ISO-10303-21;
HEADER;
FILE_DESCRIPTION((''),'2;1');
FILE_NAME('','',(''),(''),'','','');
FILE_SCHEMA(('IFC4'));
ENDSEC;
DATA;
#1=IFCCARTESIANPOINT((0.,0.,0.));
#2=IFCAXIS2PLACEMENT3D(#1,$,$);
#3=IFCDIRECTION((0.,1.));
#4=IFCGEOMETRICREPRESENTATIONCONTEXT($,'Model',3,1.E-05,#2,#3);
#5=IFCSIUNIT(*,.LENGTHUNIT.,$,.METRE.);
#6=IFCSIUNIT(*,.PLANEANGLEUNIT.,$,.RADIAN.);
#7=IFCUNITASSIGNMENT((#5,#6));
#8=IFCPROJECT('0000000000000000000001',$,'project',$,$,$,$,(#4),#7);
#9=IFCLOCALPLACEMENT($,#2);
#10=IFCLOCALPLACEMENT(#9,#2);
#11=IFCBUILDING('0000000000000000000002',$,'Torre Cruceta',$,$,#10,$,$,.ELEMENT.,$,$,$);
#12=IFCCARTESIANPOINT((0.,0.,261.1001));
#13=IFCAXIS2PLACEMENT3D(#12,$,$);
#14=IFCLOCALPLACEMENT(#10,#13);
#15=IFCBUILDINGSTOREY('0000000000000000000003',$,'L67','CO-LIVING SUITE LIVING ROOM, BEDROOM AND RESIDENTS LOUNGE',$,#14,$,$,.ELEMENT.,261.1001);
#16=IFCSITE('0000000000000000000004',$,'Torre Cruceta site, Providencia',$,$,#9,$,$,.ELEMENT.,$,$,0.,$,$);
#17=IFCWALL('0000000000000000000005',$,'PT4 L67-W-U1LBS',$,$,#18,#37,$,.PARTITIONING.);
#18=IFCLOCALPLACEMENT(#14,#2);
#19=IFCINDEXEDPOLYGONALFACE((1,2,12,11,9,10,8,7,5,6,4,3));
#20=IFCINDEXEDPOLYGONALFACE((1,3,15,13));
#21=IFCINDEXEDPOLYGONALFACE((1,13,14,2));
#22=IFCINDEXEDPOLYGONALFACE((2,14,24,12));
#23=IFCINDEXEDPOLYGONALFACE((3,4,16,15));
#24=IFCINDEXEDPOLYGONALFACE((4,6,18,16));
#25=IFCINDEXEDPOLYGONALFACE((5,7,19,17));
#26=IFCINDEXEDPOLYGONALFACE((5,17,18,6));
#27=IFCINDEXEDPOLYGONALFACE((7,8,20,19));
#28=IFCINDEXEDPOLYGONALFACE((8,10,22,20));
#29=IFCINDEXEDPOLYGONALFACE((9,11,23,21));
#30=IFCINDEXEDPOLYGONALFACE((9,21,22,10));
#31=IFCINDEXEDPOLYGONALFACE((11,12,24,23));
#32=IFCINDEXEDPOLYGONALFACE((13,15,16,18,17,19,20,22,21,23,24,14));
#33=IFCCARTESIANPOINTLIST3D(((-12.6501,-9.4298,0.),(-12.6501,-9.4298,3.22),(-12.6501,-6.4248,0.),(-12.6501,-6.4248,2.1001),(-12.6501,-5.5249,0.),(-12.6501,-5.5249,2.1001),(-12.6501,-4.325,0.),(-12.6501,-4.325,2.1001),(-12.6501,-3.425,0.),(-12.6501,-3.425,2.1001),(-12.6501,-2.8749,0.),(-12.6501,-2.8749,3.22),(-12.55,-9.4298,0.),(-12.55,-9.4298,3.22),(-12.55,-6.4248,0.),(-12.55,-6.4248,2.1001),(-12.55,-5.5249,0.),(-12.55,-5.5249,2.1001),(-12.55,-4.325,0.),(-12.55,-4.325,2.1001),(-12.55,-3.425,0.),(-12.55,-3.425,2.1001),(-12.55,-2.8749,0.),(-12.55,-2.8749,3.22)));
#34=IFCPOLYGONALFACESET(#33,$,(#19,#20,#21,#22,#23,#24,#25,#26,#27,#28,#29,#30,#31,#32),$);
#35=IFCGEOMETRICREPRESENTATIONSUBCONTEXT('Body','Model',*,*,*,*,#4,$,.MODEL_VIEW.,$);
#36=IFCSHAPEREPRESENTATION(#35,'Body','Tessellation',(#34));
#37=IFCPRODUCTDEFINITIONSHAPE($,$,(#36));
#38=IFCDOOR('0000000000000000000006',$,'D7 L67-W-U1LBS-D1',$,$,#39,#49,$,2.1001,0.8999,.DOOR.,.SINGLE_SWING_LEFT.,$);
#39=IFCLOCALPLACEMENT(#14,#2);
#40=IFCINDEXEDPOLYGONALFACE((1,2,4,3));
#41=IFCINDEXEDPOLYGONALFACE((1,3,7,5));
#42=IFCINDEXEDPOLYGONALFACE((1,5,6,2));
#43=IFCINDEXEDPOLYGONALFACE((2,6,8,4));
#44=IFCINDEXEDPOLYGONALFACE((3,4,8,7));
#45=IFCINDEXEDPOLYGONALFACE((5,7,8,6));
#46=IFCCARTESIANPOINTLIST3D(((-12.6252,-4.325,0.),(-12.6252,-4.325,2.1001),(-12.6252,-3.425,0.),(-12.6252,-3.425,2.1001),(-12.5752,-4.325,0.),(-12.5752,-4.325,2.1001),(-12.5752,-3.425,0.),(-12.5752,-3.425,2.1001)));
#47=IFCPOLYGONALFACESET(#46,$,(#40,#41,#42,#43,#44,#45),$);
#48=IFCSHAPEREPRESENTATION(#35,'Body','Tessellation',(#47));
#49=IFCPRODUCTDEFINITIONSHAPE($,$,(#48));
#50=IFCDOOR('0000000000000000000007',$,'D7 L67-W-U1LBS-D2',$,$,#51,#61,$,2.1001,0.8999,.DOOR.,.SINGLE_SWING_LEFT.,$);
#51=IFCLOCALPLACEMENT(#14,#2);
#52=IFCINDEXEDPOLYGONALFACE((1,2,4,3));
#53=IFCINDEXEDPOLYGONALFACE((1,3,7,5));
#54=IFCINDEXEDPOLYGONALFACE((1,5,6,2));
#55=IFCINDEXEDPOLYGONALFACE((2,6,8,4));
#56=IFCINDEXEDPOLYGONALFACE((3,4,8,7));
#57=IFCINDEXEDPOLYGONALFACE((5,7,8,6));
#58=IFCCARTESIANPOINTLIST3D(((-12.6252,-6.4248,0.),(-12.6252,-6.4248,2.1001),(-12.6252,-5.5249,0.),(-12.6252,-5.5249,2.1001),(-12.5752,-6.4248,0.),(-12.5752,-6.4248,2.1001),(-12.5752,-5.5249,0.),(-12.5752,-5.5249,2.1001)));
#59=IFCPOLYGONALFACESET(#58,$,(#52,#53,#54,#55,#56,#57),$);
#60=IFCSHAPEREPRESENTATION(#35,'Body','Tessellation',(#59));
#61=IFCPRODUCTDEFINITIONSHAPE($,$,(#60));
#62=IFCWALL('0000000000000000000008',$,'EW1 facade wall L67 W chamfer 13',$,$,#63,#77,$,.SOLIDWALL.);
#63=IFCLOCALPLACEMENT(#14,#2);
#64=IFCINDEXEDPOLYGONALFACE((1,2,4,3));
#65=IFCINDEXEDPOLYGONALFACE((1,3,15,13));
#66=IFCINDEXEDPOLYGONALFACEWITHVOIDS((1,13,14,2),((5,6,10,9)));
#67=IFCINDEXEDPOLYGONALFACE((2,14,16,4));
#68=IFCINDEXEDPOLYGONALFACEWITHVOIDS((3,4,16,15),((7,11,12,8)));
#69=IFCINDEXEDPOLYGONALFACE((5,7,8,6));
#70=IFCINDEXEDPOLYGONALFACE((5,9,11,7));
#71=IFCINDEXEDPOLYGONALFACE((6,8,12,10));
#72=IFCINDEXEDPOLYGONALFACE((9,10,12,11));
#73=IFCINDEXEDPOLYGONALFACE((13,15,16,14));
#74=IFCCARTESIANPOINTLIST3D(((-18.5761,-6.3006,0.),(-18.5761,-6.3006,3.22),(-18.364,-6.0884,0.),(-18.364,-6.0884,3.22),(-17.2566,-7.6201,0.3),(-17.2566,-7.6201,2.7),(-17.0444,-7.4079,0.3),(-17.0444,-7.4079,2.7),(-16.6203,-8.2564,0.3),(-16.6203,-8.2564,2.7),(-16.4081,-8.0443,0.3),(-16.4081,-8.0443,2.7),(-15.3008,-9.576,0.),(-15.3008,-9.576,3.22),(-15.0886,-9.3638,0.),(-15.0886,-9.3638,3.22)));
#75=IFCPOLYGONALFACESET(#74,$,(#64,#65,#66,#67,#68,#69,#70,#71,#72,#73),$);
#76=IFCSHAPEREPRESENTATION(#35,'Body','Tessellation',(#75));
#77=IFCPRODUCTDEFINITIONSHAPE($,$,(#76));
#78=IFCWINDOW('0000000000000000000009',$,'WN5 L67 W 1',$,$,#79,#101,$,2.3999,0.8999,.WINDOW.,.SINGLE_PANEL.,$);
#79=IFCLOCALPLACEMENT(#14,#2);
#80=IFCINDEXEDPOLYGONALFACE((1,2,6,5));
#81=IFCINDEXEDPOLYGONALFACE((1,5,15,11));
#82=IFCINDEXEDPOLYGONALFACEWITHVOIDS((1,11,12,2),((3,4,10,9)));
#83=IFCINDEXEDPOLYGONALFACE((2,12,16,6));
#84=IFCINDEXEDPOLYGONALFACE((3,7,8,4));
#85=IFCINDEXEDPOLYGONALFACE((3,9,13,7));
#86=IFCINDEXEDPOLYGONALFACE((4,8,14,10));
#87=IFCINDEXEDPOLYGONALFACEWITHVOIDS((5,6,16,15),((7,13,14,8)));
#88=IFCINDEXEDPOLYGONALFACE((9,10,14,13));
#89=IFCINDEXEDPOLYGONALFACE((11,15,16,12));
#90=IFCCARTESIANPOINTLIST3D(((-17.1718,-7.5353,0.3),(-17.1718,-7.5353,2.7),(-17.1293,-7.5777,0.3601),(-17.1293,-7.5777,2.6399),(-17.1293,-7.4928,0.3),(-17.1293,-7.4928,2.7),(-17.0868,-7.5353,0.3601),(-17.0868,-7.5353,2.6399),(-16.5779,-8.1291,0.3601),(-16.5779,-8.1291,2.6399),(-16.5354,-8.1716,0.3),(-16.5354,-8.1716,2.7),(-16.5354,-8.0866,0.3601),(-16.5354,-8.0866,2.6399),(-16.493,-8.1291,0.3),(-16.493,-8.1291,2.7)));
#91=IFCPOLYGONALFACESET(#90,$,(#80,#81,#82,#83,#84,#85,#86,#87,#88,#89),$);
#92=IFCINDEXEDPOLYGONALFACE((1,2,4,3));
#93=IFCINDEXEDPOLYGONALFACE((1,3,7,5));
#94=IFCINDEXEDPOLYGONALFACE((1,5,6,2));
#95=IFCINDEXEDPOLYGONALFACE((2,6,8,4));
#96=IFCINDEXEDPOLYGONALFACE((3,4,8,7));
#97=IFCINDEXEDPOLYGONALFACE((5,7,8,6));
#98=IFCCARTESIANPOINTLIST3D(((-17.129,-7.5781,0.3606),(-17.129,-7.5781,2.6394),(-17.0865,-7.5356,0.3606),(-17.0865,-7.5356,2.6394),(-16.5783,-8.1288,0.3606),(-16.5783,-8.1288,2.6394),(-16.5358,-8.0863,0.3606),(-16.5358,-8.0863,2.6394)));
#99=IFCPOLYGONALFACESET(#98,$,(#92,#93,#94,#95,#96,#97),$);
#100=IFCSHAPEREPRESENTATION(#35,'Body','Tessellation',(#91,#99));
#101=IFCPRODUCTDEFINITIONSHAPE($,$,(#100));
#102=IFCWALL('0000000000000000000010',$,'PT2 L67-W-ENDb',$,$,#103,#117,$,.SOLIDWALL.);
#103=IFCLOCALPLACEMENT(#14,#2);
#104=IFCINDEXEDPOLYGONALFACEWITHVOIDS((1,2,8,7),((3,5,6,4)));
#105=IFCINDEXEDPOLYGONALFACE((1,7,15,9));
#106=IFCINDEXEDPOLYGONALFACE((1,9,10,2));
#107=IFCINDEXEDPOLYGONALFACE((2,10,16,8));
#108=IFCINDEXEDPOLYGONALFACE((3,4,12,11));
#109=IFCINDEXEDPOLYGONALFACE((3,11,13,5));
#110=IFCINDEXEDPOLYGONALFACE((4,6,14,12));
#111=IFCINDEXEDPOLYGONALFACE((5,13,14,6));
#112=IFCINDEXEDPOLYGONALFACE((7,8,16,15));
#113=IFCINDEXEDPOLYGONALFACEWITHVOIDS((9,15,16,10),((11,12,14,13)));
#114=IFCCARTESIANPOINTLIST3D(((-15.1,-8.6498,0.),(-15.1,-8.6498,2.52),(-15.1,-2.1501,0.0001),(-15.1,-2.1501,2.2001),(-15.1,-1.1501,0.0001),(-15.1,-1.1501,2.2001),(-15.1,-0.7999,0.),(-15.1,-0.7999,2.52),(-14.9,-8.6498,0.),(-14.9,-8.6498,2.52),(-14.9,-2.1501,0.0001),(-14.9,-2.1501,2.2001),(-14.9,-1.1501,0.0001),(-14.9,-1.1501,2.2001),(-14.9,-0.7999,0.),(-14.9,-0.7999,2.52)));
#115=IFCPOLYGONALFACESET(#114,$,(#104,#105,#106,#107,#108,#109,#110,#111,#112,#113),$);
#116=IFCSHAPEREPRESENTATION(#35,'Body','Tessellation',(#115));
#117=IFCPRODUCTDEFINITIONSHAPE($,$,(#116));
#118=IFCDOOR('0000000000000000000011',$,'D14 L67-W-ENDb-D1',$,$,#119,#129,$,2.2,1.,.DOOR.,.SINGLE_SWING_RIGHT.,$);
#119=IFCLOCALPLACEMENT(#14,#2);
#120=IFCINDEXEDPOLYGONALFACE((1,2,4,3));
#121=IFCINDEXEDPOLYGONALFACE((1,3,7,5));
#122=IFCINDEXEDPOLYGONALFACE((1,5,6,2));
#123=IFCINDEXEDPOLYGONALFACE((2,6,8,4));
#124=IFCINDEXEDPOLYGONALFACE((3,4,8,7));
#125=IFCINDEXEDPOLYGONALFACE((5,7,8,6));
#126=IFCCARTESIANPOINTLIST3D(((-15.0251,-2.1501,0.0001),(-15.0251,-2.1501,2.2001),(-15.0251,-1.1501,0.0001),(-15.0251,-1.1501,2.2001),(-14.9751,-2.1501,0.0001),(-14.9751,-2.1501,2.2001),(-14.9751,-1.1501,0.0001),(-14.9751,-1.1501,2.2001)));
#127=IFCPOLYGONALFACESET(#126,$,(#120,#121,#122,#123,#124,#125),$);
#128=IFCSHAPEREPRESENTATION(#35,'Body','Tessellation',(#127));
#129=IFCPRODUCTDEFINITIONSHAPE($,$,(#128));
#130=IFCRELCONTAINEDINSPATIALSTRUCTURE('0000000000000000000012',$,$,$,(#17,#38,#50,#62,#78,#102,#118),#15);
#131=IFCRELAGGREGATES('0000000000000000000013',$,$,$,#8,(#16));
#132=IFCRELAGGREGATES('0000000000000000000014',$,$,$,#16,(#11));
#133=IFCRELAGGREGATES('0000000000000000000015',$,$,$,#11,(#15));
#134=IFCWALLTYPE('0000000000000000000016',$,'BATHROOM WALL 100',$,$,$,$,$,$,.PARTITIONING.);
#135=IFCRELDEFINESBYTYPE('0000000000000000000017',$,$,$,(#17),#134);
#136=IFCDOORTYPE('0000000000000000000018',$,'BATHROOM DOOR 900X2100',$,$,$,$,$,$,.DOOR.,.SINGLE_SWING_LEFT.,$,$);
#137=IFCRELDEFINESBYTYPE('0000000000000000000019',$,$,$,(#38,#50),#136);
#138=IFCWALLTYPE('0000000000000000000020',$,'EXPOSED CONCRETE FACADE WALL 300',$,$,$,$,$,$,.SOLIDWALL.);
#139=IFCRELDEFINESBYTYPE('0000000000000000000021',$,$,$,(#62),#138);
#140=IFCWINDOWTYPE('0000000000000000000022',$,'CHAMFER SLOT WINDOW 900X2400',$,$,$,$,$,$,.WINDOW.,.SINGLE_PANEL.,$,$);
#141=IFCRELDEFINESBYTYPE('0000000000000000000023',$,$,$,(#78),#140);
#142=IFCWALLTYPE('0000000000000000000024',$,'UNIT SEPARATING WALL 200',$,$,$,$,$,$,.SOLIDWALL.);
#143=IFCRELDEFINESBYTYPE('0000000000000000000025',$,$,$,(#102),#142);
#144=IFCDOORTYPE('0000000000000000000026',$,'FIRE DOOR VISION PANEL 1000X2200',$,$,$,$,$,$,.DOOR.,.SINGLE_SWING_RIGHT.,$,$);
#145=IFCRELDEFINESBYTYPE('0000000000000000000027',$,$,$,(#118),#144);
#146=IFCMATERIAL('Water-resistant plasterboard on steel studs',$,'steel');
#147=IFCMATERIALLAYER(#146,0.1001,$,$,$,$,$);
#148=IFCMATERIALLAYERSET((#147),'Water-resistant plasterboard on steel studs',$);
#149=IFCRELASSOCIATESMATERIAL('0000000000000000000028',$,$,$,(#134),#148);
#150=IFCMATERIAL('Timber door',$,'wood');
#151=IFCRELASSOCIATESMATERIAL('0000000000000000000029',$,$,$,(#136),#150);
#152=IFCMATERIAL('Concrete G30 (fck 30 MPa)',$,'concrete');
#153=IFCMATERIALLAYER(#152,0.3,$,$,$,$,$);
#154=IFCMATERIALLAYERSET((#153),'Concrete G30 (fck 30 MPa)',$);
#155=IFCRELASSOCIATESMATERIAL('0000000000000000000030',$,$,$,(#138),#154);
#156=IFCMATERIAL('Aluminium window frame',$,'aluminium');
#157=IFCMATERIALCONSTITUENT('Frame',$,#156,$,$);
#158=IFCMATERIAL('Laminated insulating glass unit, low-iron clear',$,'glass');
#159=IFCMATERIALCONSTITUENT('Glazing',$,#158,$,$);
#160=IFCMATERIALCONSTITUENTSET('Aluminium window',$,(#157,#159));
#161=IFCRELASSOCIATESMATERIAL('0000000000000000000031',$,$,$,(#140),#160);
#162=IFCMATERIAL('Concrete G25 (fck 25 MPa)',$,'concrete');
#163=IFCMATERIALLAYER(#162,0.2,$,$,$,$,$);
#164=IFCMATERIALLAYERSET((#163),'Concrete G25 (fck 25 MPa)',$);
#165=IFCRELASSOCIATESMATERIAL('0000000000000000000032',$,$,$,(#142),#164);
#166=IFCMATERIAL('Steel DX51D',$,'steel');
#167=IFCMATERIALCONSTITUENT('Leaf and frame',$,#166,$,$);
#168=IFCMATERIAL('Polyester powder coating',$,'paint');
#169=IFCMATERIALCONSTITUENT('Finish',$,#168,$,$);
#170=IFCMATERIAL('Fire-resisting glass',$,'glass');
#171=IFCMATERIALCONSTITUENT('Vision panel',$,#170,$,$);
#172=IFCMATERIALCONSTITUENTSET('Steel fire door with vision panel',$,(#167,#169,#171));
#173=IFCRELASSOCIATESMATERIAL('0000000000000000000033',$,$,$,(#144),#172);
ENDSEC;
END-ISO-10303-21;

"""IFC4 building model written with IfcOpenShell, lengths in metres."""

from ifc_helpers import new_model, si_unit, direction, frame, frame_2d, origin, place, context, subcontext, project, spatial, rectangle, hollow_rectangle, extrude, material, layer, layer_set, constituent, constituent_set, type_object, element, fill, save


model = new_model("IFC4")

# Units and contexts
model_context = context("Model", 3, precision=1e-05, world=origin(), true_north=direction((0.0, 1.0)))
body_context = subcontext(model_context, "Body", "Model", "MODEL_VIEW")
ifc_project = project(units=[si_unit("LENGTHUNIT", "METRE"), si_unit("PLANEANGLEUNIT", "RADIAN")], contexts=[model_context])

# Site, building, storey
site_placement = place(None, origin())
site = spatial("IfcSite", under=ifc_project, at=site_placement, Name="Torre Cruceta site, Providencia", CompositionType="ELEMENT", RefElevation=0.0)
building_placement = place(site_placement, origin())
building = spatial("IfcBuilding", under=site, at=building_placement, Name="Torre Cruceta", CompositionType="ELEMENT")
storey_placement = place(building_placement, frame((0.0, 0.0, 261.1001)))
storey = spatial("IfcBuildingStorey", under=building, at=storey_placement, Name="L67", Description="CO-LIVING SUITE LIVING ROOM, BEDROOM AND RESIDENTS LOUNGE", CompositionType="ELEMENT", Elevation=261.1001)

# Shared definitions
ifc_material_1 = material(Name="Water-resistant plasterboard on steel studs", Category="steel")
ifc_layer_1 = layer(ifc_material_1, 0.1001)
ifc_layer_set_1 = layer_set([ifc_layer_1], Name="Water-resistant plasterboard on steel studs")
wall_type_1 = type_object("IfcWallType", Name="BATHROOM WALL 100", PredefinedType="PARTITIONING", material=ifc_layer_set_1)

# Wall, openings, doors
wall_1_placement = place(storey_placement, frame((-12.6001, -2.875, 0.0), z_axis=(0.0, 0.0, 1.0), x_axis=(0.0, -1.0, 0.0)))
wall_1 = element("IfcWall", 1, at=wall_1_placement, inside=storey, type_object=wall_type_1, Name="PT4 L67-W-U1LBS", PredefinedType="PARTITIONING", context=body_context, shape_type="SweptSolid", body=[
    extrude(rectangle(XDim=6.5549, YDim=0.1001, at=frame_2d((3.2773, 0.0))), origin(), (0.0, 0.0, 1.0), 3.22),
])
opening_1_placement = place(wall_1_placement, frame((0.55, 0.0, 0.0)))
opening_1 = element("IfcOpeningElement", 2, at=opening_1_placement, cuts=wall_1, PredefinedType="OPENING", context=body_context, shape_type="SweptSolid", body=[
    extrude(rectangle(XDim=0.8999, YDim=2.1001, at=frame_2d((0.45, 1.05))), frame((0.0, 0.0601, 0.0), z_axis=(0.0, -1.0, 0.0), x_axis=(1.0, 0.0, 0.0)), (0.0, 0.0, 1.0), 0.1201),
])
opening_2_placement = place(wall_1_placement, frame((2.6499, 0.0, 0.0)))
opening_2 = element("IfcOpeningElement", 3, at=opening_2_placement, cuts=wall_1, PredefinedType="OPENING", context=body_context, shape_type="SweptSolid", body=[
    extrude(rectangle(XDim=0.8999, YDim=2.1001, at=frame_2d((0.45, 1.05))), frame((0.0, 0.0601, 0.0), z_axis=(0.0, -1.0, 0.0), x_axis=(1.0, 0.0, 0.0)), (0.0, 0.0, 1.0), 0.1201),
])
ifc_material_2 = material(Name="Timber door", Category="wood")
door_type_1 = type_object("IfcDoorType", Name="BATHROOM DOOR 900X2100", OperationType="SINGLE_SWING_LEFT", PredefinedType="DOOR", material=ifc_material_2)
door_1_placement = place(opening_1_placement, origin())
door_1 = element("IfcDoor", 4, at=door_1_placement, inside=storey, type_object=door_type_1, Name="D7 L67-W-U1LBS-D1", OperationType="SINGLE_SWING_LEFT", OverallHeight=2.1001, OverallWidth=0.8999, PredefinedType="DOOR", context=body_context, shape_type="SweptSolid", body=[
    extrude(rectangle(XDim=0.8999, YDim=2.1001, at=frame_2d((0.45, 1.05))), frame((0.0, 0.0249, 0.0), z_axis=(0.0, -1.0, 0.0), x_axis=(1.0, 0.0, 0.0)), (0.0, 0.0, 1.0), 0.05),
])
fill(opening_1, door_1)
door_2_placement = place(opening_2_placement, origin())
door_2 = element("IfcDoor", 5, at=door_2_placement, inside=storey, type_object=door_type_1, Name="D7 L67-W-U1LBS-D2", OperationType="SINGLE_SWING_LEFT", OverallHeight=2.1001, OverallWidth=0.8999, PredefinedType="DOOR", context=body_context, shape_type="SweptSolid", body=[
    extrude(rectangle(XDim=0.8999, YDim=2.1001, at=frame_2d((0.45, 1.05))), frame((0.0, 0.0249, 0.0), z_axis=(0.0, -1.0, 0.0), x_axis=(1.0, 0.0, 0.0)), (0.0, 0.0, 1.0), 0.05),
])
fill(opening_2, door_2)

# Wall, opening, window
ifc_material_3 = material(Name="Concrete G30 (fck 30 MPa)", Category="concrete")
ifc_layer_2 = layer(ifc_material_3, 0.3)
ifc_layer_set_2 = layer_set([ifc_layer_2], Name="Concrete G30 (fck 30 MPa)")
wall_type_2 = type_object("IfcWallType", Name="EXPOSED CONCRETE FACADE WALL 300", PredefinedType="SOLIDWALL", material=ifc_layer_set_2)
wall_2_placement = place(storey_placement, frame((-18.47, -6.1946, 0.0), z_axis=(0.0, 0.0, 1.0), x_axis=(0.707107, -0.707107, 0.0)))
wall_2 = element("IfcWall", 6, at=wall_2_placement, inside=storey, type_object=wall_type_2, Name="EW1 facade wall L67 W chamfer 13", PredefinedType="SOLIDWALL", context=body_context, shape_type="SweptSolid", body=[
    extrude(rectangle(XDim=4.6321, YDim=0.3, at=frame_2d((2.3159, 0.0))), origin(), (0.0, 0.0, 1.0), 3.22),
])
opening_3_placement = place(wall_2_placement, frame((1.866, 0.0, 0.3)))
opening_3 = element("IfcOpeningElement", 7, at=opening_3_placement, cuts=wall_2, PredefinedType="OPENING", context=body_context, shape_type="SweptSolid", body=[
    extrude(rectangle(XDim=0.8999, YDim=2.3999, at=frame_2d((0.45, 1.2))), frame((0.0, 0.1599, 0.0), z_axis=(0.0, -1.0, 0.0), x_axis=(1.0, 0.0, 0.0)), (0.0, 0.0, 1.0), 0.3201),
])
ifc_material_4 = material(Name="Aluminium window frame", Category="aluminium")
ifc_constituent_1 = constituent(ifc_material_4, Name="Frame")
ifc_material_5 = material(Name="Laminated insulating glass unit, low-iron clear", Category="glass")
ifc_constituent_2 = constituent(ifc_material_5, Name="Glazing")
ifc_constituent_set_1 = constituent_set(constituents=[ifc_constituent_1, ifc_constituent_2], Name="Aluminium window")
window_type = type_object("IfcWindowType", Name="CHAMFER SLOT WINDOW 900X2400", PartitioningType="SINGLE_PANEL", PredefinedType="WINDOW", material=ifc_constituent_set_1)
window_placement = place(opening_3_placement, origin())
window = element("IfcWindow", 8, at=window_placement, inside=storey, type_object=window_type, Name="WN5 L67 W 1", OverallHeight=2.3999, OverallWidth=0.8999, PartitioningType="SINGLE_PANEL", PredefinedType="WINDOW", context=body_context, shape_type="SweptSolid", body=[
    extrude(hollow_rectangle(XDim=0.8999, YDim=2.3999, WallThickness=0.0601, at=frame_2d((0.45, 1.2))), frame((0.0, 0.03, 0.0), z_axis=(0.0, -1.0, 0.0), x_axis=(1.0, 0.0, 0.0)), (0.0, 0.0, 1.0), 0.0601),
    extrude(rectangle(XDim=0.7788, YDim=2.2788, at=frame_2d((0.45, 1.2))), frame((0.0, 0.03, 0.0), z_axis=(0.0, -1.0, 0.0), x_axis=(1.0, 0.0, 0.0)), (0.0, 0.0, 1.0), 0.0601),
])
fill(opening_3, window)

# Wall, opening, door
ifc_material_6 = material(Name="Concrete G25 (fck 25 MPa)", Category="concrete")
ifc_layer_3 = layer(ifc_material_6, 0.2)
ifc_layer_set_3 = layer_set([ifc_layer_3], Name="Concrete G25 (fck 25 MPa)")
wall_type_3 = type_object("IfcWallType", Name="UNIT SEPARATING WALL 200", PredefinedType="SOLIDWALL", material=ifc_layer_set_3)
wall_3_placement = place(storey_placement, frame((-15.0, -0.8, 0.0), z_axis=(0.0, 0.0, 1.0), x_axis=(0.0, -1.0, 0.0)))
wall_3 = element("IfcWall", 9, at=wall_3_placement, inside=storey, type_object=wall_type_3, Name="PT2 L67-W-ENDb", PredefinedType="SOLIDWALL", context=body_context, shape_type="SweptSolid", body=[
    extrude(rectangle(XDim=7.8499, YDim=0.2, at=frame_2d((3.9248, 0.0))), origin(), (0.0, 0.0, 1.0), 2.52),
])
opening_4_placement = place(wall_3_placement, frame((0.3501, 0.0, 0.0)))
opening_4 = element("IfcOpeningElement", 10, at=opening_4_placement, cuts=wall_3, PredefinedType="OPENING", context=body_context, shape_type="SweptSolid", body=[
    extrude(rectangle(XDim=1.0, YDim=2.2, at=frame_2d((0.5, 1.1001))), frame((0.0, 0.1099, 0.0), z_axis=(0.0, -1.0, 0.0), x_axis=(1.0, 0.0, 0.0)), (0.0, 0.0, 1.0), 0.22),
])
ifc_material_7 = material(Name="Steel DX51D", Category="steel")
ifc_constituent_3 = constituent(ifc_material_7, Name="Leaf and frame")
ifc_material_8 = material(Name="Polyester powder coating", Category="paint")
ifc_constituent_4 = constituent(ifc_material_8, Name="Finish")
ifc_material_9 = material(Name="Fire-resisting glass", Category="glass")
ifc_constituent_5 = constituent(ifc_material_9, Name="Vision panel")
ifc_constituent_set_2 = constituent_set(constituents=[ifc_constituent_3, ifc_constituent_4, ifc_constituent_5], Name="Steel fire door with vision panel")
door_type_2 = type_object("IfcDoorType", Name="FIRE DOOR VISION PANEL 1000X2200", OperationType="SINGLE_SWING_RIGHT", PredefinedType="DOOR", material=ifc_constituent_set_2)
door_3_placement = place(opening_4_placement, frame((1.0, 0.0, 0.0), z_axis=(0.0, 0.0, 1.0), x_axis=(-1.0, 0.0, 0.0)))
door_3 = element("IfcDoor", 11, at=door_3_placement, inside=storey, type_object=door_type_2, Name="D14 L67-W-ENDb-D1", OperationType="SINGLE_SWING_RIGHT", OverallHeight=2.2, OverallWidth=1.0, PredefinedType="DOOR", context=body_context, shape_type="SweptSolid", body=[
    extrude(rectangle(XDim=1.0, YDim=2.2, at=frame_2d((0.5, 1.1001))), frame((0.0, 0.0251, 0.0), z_axis=(0.0, -1.0, 0.0), x_axis=(1.0, 0.0, 0.0)), (0.0, 0.0, 1.0), 0.05),
])
fill(opening_4, door_3)

save(model, "model.ifc")
